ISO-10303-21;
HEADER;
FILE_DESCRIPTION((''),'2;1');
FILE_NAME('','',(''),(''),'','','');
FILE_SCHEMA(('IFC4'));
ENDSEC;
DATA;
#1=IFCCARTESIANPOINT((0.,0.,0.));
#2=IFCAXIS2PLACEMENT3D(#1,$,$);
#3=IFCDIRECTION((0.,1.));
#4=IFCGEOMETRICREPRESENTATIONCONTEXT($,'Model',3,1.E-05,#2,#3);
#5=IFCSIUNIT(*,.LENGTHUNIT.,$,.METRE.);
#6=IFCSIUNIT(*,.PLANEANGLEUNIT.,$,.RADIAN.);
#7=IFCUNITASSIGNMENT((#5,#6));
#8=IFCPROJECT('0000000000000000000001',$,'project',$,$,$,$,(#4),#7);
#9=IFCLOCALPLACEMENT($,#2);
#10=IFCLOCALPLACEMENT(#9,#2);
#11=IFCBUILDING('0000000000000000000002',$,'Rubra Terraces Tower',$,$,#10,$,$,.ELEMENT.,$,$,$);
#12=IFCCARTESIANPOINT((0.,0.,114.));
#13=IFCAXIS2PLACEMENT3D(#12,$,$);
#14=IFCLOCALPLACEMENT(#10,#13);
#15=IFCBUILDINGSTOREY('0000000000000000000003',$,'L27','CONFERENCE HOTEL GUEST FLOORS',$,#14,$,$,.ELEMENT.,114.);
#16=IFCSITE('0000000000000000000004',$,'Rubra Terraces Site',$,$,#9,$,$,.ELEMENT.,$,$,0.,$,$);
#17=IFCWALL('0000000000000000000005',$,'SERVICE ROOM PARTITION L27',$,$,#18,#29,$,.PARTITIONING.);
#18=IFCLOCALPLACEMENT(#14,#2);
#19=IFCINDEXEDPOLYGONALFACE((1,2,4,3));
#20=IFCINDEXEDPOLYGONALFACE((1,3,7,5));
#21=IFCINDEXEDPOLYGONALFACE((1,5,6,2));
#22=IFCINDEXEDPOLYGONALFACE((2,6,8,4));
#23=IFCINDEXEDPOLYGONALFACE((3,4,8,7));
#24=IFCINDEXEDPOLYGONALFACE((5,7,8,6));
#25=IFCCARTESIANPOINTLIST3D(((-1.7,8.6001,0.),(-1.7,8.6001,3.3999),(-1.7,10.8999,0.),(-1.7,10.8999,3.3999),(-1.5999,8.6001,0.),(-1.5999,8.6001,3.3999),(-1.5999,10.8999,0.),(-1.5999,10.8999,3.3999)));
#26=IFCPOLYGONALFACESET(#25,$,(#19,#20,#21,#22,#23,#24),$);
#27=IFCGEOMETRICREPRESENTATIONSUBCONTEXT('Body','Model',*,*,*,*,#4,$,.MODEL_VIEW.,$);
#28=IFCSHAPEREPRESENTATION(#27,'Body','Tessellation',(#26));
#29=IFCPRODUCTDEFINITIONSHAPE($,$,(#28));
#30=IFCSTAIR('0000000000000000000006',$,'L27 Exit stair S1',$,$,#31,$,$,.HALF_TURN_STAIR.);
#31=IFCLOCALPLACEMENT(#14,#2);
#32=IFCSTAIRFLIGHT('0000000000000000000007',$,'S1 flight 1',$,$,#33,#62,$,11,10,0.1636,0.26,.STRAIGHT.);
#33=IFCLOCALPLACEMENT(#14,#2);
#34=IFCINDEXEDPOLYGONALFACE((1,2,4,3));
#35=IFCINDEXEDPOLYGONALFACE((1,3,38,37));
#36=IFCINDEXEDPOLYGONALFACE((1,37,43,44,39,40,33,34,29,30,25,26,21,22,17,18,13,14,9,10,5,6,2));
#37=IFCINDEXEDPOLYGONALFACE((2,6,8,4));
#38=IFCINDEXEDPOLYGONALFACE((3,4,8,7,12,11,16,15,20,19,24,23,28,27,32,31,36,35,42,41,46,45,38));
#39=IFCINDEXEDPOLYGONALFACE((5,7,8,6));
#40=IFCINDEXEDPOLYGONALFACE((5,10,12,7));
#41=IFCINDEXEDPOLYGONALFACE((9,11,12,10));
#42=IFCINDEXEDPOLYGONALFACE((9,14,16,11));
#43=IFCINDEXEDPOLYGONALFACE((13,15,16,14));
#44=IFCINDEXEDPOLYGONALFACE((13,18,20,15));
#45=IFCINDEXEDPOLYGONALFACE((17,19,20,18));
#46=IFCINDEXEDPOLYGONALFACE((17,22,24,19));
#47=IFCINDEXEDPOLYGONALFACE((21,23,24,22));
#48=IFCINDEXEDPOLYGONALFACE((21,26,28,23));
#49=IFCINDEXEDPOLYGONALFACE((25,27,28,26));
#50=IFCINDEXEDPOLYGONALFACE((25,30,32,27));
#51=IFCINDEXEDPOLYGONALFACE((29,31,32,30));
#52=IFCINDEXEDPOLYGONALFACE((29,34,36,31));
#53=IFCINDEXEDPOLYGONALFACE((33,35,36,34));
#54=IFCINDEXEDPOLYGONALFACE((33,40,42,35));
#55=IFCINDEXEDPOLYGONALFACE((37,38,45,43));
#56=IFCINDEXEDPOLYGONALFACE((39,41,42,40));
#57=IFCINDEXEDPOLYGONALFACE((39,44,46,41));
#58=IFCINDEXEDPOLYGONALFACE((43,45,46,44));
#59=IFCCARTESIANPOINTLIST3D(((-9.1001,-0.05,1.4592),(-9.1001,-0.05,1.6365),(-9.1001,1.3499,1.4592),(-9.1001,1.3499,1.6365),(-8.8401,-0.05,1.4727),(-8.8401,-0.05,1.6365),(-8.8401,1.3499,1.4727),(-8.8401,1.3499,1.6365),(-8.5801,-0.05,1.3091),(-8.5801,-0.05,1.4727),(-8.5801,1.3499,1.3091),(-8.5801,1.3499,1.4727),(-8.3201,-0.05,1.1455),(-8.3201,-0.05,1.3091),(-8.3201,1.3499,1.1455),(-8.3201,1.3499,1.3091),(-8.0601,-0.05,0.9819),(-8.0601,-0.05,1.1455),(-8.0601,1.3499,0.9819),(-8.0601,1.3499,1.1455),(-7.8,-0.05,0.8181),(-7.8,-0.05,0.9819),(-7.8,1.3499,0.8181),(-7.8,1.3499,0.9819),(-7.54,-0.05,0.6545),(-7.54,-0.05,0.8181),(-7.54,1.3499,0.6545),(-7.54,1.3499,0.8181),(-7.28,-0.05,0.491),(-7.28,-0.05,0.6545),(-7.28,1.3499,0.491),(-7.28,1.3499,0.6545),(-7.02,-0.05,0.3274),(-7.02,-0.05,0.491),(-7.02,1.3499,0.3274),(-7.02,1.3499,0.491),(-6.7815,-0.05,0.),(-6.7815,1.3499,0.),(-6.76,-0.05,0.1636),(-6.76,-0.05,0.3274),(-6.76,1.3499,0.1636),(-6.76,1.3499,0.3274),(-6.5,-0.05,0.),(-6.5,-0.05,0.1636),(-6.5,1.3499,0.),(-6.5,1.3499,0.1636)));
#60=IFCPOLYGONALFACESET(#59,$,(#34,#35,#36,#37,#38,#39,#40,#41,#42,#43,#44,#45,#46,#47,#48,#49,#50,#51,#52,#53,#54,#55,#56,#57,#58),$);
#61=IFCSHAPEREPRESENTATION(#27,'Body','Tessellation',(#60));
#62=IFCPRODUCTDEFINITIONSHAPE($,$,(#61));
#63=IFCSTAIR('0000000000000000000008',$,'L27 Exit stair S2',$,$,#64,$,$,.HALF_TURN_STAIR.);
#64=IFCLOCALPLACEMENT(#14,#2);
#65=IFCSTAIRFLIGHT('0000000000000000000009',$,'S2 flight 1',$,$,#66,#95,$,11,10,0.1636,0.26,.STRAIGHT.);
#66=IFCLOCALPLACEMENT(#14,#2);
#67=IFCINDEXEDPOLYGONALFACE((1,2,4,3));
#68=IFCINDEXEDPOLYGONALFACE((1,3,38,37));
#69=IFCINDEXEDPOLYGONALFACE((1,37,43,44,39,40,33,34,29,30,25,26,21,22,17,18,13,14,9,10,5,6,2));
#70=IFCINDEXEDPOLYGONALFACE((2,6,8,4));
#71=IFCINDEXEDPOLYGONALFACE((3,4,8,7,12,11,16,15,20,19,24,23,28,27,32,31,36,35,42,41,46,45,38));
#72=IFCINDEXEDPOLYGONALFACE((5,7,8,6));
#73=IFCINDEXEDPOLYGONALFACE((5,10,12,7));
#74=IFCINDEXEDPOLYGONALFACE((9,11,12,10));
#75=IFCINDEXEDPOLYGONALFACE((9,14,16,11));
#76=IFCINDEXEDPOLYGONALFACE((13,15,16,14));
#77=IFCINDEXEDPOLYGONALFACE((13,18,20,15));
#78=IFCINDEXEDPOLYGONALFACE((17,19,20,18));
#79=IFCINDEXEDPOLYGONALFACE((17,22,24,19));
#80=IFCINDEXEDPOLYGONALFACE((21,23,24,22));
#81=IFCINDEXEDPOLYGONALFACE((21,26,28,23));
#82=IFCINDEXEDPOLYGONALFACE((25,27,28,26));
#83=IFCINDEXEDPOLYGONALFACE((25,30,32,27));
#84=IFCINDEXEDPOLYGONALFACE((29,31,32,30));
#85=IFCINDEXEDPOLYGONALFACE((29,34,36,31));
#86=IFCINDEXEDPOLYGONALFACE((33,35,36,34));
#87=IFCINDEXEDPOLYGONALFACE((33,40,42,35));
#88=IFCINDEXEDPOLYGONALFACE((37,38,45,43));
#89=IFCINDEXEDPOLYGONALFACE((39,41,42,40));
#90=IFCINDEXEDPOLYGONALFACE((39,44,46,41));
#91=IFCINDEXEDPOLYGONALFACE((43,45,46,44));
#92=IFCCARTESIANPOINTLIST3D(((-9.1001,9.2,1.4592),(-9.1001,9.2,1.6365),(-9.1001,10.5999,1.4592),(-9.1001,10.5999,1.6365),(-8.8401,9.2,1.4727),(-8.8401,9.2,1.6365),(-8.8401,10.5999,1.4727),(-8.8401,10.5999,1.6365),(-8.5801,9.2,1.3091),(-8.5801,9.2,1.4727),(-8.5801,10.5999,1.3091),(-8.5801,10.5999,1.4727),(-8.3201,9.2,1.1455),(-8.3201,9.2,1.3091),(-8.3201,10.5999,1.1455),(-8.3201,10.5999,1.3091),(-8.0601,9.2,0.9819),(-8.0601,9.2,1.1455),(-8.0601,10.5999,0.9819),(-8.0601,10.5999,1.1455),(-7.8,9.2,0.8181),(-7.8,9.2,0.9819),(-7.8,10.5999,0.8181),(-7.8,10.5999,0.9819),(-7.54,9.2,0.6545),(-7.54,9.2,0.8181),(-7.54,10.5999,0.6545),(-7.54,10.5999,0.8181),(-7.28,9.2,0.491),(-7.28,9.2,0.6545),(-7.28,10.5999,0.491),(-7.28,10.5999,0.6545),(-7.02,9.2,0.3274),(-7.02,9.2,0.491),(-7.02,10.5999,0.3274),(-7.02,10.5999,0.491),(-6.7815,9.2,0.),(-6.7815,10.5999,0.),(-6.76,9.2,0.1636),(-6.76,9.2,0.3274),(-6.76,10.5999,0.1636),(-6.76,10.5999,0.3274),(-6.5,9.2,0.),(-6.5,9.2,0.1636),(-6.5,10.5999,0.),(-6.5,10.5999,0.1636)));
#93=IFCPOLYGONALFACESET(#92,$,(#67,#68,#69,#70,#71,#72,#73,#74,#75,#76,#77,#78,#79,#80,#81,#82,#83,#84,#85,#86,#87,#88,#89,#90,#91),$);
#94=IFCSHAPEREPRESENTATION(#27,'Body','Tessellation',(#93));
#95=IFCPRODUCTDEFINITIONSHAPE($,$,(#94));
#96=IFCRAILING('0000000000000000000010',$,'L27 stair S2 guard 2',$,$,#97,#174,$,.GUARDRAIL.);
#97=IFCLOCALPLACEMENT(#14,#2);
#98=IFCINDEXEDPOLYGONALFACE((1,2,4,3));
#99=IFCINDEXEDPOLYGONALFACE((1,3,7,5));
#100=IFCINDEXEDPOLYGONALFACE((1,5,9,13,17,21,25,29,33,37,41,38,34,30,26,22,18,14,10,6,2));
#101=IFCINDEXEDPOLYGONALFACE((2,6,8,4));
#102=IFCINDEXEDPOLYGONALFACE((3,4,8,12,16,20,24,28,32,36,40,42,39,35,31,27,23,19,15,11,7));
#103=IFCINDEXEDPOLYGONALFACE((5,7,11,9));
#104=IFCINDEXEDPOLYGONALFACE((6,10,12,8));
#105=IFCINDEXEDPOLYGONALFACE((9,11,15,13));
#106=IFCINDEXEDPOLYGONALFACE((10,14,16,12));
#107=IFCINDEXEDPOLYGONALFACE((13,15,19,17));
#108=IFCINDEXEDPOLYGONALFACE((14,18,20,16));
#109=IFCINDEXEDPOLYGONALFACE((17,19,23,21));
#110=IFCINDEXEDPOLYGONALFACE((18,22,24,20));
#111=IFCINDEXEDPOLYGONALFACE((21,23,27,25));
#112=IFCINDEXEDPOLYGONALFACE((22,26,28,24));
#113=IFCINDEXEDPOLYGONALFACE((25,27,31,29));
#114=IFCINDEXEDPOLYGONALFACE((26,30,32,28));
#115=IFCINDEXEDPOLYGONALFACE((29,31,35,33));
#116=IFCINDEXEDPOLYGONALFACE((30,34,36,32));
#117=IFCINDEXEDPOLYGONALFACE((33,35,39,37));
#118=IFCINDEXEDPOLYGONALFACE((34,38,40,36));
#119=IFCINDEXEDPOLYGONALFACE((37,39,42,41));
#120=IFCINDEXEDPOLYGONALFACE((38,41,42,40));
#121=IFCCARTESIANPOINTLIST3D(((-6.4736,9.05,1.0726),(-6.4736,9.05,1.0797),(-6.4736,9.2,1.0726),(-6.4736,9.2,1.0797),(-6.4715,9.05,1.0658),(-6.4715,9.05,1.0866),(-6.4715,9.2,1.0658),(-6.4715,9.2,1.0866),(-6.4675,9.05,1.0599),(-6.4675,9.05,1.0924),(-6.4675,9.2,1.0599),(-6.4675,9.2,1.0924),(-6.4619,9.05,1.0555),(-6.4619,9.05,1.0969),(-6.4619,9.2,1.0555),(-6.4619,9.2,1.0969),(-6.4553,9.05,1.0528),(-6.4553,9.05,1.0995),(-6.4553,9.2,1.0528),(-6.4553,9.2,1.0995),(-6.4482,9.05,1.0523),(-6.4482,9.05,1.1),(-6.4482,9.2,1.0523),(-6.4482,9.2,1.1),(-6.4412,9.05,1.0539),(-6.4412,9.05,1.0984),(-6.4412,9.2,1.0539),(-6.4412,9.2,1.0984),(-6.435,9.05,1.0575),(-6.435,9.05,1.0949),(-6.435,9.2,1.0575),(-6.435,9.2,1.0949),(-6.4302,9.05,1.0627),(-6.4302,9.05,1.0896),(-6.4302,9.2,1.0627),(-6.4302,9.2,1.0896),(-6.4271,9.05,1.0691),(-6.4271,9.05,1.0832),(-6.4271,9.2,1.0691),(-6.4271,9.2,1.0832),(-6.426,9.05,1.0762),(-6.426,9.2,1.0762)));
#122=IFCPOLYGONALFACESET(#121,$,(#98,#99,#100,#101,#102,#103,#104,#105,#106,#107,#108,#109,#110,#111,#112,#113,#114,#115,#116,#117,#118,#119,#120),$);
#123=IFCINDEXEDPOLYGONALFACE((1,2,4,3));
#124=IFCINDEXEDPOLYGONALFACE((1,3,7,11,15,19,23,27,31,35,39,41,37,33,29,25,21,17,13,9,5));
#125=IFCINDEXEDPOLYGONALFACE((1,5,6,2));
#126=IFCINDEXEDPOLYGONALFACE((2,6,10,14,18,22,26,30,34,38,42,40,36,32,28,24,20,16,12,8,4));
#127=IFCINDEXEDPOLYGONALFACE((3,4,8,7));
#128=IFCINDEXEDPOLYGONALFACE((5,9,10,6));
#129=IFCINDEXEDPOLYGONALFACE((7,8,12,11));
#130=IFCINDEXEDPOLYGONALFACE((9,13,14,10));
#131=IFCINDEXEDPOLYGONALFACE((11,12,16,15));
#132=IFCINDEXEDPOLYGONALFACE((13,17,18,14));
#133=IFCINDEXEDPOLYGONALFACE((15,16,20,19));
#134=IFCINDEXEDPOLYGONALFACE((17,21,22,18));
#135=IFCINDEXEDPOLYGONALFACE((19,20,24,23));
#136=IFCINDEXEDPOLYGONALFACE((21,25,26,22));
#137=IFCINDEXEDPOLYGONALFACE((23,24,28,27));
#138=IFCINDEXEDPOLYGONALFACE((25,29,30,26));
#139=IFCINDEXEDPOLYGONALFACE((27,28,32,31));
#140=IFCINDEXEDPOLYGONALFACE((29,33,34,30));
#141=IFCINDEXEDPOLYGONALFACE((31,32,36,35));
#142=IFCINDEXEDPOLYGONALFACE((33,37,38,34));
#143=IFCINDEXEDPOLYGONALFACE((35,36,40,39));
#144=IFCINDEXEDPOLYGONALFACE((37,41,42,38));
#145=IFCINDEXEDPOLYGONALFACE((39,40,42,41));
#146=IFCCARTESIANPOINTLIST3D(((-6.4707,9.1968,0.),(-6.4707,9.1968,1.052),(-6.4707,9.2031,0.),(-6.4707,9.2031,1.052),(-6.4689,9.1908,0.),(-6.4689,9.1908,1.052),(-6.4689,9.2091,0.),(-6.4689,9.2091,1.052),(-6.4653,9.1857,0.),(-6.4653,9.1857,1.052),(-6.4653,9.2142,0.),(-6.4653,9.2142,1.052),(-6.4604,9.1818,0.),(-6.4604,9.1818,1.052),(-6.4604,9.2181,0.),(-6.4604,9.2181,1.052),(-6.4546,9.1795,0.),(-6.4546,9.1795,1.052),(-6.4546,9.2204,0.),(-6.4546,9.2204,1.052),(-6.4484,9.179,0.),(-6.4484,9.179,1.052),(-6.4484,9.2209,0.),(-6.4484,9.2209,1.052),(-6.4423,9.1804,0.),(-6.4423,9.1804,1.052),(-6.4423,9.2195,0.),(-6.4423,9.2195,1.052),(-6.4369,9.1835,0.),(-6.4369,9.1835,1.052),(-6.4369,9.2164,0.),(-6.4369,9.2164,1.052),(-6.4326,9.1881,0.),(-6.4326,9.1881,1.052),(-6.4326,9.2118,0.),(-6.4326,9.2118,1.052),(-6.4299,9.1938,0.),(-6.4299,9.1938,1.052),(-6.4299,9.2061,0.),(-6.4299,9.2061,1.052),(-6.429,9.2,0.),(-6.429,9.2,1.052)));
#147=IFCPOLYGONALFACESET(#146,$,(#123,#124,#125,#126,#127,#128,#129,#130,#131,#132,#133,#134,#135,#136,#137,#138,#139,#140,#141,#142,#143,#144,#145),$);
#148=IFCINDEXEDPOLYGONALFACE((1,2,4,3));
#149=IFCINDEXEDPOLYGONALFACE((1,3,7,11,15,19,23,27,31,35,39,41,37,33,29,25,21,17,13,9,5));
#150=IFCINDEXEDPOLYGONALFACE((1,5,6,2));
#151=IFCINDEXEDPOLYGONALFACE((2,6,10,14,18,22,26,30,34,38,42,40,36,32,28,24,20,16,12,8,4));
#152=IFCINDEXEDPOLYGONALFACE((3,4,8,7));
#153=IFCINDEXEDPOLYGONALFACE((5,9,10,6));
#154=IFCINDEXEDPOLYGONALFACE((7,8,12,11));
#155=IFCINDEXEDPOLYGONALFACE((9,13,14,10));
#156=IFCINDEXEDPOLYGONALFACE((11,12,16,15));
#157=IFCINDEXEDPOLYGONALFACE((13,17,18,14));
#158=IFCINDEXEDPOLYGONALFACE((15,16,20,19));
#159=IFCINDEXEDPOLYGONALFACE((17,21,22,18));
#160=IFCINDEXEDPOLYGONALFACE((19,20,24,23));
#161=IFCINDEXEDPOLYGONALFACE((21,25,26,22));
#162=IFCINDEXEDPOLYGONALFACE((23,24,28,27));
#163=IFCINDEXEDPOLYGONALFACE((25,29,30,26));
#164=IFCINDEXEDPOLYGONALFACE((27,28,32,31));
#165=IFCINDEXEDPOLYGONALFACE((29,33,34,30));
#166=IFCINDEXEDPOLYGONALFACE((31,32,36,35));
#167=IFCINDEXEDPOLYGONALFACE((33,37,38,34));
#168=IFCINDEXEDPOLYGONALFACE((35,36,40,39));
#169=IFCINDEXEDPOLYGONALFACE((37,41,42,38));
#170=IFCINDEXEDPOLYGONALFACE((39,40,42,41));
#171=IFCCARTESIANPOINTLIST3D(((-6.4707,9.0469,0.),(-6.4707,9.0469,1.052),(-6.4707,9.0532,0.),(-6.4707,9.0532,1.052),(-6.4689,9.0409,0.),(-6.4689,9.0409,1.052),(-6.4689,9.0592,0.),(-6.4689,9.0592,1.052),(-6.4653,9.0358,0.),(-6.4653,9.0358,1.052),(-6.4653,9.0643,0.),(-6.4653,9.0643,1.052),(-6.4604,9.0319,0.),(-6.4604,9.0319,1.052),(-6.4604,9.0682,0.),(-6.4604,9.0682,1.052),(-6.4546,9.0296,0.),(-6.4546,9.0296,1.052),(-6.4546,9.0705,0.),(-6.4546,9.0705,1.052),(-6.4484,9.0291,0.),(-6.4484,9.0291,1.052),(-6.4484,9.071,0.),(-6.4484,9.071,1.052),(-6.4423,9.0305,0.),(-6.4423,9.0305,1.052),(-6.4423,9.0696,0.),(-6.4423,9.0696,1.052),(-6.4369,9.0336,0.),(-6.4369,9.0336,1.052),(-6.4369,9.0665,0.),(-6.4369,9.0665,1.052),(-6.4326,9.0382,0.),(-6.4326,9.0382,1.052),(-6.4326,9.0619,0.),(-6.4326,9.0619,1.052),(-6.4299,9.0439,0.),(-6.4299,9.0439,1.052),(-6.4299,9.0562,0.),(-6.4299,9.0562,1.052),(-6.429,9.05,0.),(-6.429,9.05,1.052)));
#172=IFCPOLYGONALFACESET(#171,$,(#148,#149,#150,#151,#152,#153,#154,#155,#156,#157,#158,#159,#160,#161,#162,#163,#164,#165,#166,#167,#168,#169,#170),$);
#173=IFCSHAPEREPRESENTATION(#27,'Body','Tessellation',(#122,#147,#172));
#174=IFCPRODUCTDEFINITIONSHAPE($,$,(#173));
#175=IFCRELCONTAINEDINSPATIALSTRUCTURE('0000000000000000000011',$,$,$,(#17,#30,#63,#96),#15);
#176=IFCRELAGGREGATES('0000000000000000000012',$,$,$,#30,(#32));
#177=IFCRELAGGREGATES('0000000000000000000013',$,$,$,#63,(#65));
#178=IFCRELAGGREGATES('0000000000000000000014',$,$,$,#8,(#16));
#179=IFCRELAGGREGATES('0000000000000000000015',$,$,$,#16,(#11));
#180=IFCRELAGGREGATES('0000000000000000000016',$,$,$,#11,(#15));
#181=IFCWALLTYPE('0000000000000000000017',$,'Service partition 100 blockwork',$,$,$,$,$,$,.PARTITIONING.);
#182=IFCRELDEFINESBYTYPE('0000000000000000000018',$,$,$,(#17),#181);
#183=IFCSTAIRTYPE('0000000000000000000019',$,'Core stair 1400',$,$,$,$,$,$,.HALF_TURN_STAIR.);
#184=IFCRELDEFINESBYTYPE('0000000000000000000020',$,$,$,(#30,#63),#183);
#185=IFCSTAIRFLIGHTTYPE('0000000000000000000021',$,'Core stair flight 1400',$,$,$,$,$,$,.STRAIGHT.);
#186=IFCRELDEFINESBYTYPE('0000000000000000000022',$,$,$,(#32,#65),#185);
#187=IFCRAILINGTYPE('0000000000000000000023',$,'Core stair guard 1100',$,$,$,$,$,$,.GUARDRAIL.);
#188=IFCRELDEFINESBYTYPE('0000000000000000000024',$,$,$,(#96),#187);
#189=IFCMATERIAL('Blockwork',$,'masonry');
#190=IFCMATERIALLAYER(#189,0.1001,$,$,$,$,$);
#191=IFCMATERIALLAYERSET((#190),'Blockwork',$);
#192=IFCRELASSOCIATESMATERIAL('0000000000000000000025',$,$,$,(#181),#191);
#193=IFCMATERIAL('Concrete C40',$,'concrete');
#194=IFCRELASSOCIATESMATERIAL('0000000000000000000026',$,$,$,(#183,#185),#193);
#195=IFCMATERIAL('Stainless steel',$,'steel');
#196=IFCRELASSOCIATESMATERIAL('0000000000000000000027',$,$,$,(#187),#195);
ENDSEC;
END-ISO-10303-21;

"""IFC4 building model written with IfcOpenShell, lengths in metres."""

from ifc_helpers import new_model, si_unit, direction, frame, frame_2d, origin, origin_2d, place, context, subcontext, project, spatial, polyline, rectangle, circle, outline, extrude, material, layer, layer_set, type_object, element, aggregate, save


model = new_model("IFC4")

# Units and contexts
model_context = context("Model", 3, precision=1e-05, world=origin(), true_north=direction((0.0, 1.0)))
body_context = subcontext(model_context, "Body", "Model", "MODEL_VIEW")
ifc_project = project(units=[si_unit("LENGTHUNIT", "METRE"), si_unit("PLANEANGLEUNIT", "RADIAN")], contexts=[model_context])

# Site, building, storey
site_placement = place(None, origin())
site = spatial("IfcSite", under=ifc_project, at=site_placement, Name="Rubra Terraces Site", CompositionType="ELEMENT", RefElevation=0.0)
building_placement = place(site_placement, origin())
building = spatial("IfcBuilding", under=site, at=building_placement, Name="Rubra Terraces Tower", CompositionType="ELEMENT")
storey_placement = place(building_placement, frame((0.0, 0.0, 114.0)))
storey = spatial("IfcBuildingStorey", under=building, at=storey_placement, Name="L27", Description="CONFERENCE HOTEL GUEST FLOORS", CompositionType="ELEMENT", Elevation=114.0)

# Shared definitions
ifc_material_1 = material(Name="Stainless steel", Category="steel")

# Wall
ifc_material_2 = material(Name="Blockwork", Category="masonry")
ifc_layer_1 = layer(ifc_material_2, 0.1001)
ifc_layer_set_1 = layer_set([ifc_layer_1], Name="Blockwork")
wall_type_1 = type_object("IfcWallType", Name="Service partition 100 blockwork", PredefinedType="PARTITIONING", material=ifc_layer_set_1)
wall_1_placement = place(storey_placement, frame((-1.6499, 8.6001, 0.0), z_axis=(0.0, 0.0, 1.0), x_axis=(0.0, 1.0, 0.0)))
element("IfcWall", 1, at=wall_1_placement, inside=storey, type_object=wall_type_1, Name="SERVICE ROOM PARTITION L27", PredefinedType="PARTITIONING", context=body_context, shape_type="SweptSolid", body=[
    extrude(rectangle(XDim=2.2998, YDim=0.1001, at=frame_2d((1.1499, 0.0))), origin(), (0.0, 0.0, 1.0), 3.3999),
])

# Stairs, stair flights
ifc_material_3 = material(Name="Concrete C40", Category="concrete")
stair_type = type_object("IfcStairType", Name="Core stair 1400", PredefinedType="HALF_TURN_STAIR", material=ifc_material_3)
stair_1_placement = place(storey_placement, origin())
stair_1 = element("IfcStair", 2, at=stair_1_placement, inside=storey, type_object=stair_type, Name="L27 Exit stair S1", PredefinedType="HALF_TURN_STAIR")
stair_flight_type = type_object("IfcStairFlightType", Name="Core stair flight 1400", PredefinedType="STRAIGHT", material=ifc_material_3)
stair_flight_1_placement = place(storey_placement, frame((-6.5, 0.6499, 0.0), z_axis=(0.0, 0.0, 1.0), x_axis=(-1.0, 0.0, 0.0)))
stair_flight_1 = element("IfcStairFlight", 3, at=stair_flight_1_placement, type_object=stair_flight_type, Name="S1 flight 1", NumberOfRisers=11, NumberOfTreads=10, PredefinedType="STRAIGHT", RiserHeight=0.1636, TreadLength=0.26, context=body_context, shape_type="SweptSolid", body=[
    extrude(outline(polyline([(0.0, 0.0), (0.0, 0.1636), (0.26, 0.1636), (0.26, 0.3274), (0.52, 0.3274), (0.52, 0.491), (0.78, 0.491), (0.78, 0.6545), (1.04, 0.6545), (1.04, 0.8181), (1.3, 0.8181), (1.3, 0.9819), (1.5601, 0.9819), (1.5601, 1.1455), (1.8201, 1.1455), (1.8201, 1.3091), (2.0801, 1.3091), (2.0801, 1.4727), (2.3401, 1.4727), (2.3401, 1.6365), (2.6001, 1.6365), (2.6001, 1.8), (2.6001, 1.4592), (0.2815, 0.0), (0.0, 0.0)])), frame((0.0, 0.7, 0.0), z_axis=(0.0, -1.0, 0.0), x_axis=(1.0, 0.0, 0.0)), (0.0, 0.0, 1.0), 1.3999),
])
aggregate(stair_1, [stair_flight_1])
stair_2_placement = place(storey_placement, origin())
stair_2 = element("IfcStair", 4, at=stair_2_placement, inside=storey, type_object=stair_type, Name="L27 Exit stair S2", PredefinedType="HALF_TURN_STAIR")
stair_flight_2_placement = place(storey_placement, frame((-6.5, 9.8999, 0.0), z_axis=(0.0, 0.0, 1.0), x_axis=(-1.0, 0.0, 0.0)))
stair_flight_2 = element("IfcStairFlight", 5, at=stair_flight_2_placement, type_object=stair_flight_type, Name="S2 flight 1", NumberOfRisers=11, NumberOfTreads=10, PredefinedType="STRAIGHT", RiserHeight=0.1636, TreadLength=0.26, context=body_context, shape_type="SweptSolid", body=[
    extrude(outline(polyline([(0.0, 0.0), (0.0, 0.1636), (0.26, 0.1636), (0.26, 0.3274), (0.52, 0.3274), (0.52, 0.491), (0.78, 0.491), (0.78, 0.6545), (1.04, 0.6545), (1.04, 0.8181), (1.3, 0.8181), (1.3, 0.9819), (1.5601, 0.9819), (1.5601, 1.1455), (1.8201, 1.1455), (1.8201, 1.3091), (2.0801, 1.3091), (2.0801, 1.4727), (2.3401, 1.4727), (2.3401, 1.6365), (2.6001, 1.6365), (2.6001, 1.8), (2.6001, 1.4592), (0.2815, 0.0), (0.0, 0.0)])), frame((0.0, 0.7, 0.0), z_axis=(0.0, -1.0, 0.0), x_axis=(1.0, 0.0, 0.0)), (0.0, 0.0, 1.0), 1.3999),
])
aggregate(stair_2, [stair_flight_2])

# Railing
railing_type_1 = type_object("IfcRailingType", Name="Core stair guard 1100", PredefinedType="GUARDRAIL", material=ifc_material_1)
railing_1_placement = place(storey_placement, frame((-6.45, 9.2, 0.0)))
element("IfcRailing", 6, at=railing_1_placement, inside=storey, type_object=railing_type_1, Name="L27 stair S2 guard 2", PredefinedType="GUARDRAIL", context=body_context, shape_type="SweptSolid", body=[
    extrude(circle(Radius=0.0239, at=origin_2d()), frame((0.0, 0.0, 1.0762), z_axis=(0.0, -1.0, 0.0), x_axis=(1.0, 0.0, 0.0)), (0.0, 0.0, 1.0), 0.1499),
    extrude(circle(Radius=0.021, at=origin_2d()), origin(), (0.0, 0.0, 1.0), 1.052),
    extrude(circle(Radius=0.021, at=origin_2d()), frame((0.0, -0.1499, 0.0)), (0.0, 0.0, 1.0), 1.052),
])

save(model, "model.ifc")
